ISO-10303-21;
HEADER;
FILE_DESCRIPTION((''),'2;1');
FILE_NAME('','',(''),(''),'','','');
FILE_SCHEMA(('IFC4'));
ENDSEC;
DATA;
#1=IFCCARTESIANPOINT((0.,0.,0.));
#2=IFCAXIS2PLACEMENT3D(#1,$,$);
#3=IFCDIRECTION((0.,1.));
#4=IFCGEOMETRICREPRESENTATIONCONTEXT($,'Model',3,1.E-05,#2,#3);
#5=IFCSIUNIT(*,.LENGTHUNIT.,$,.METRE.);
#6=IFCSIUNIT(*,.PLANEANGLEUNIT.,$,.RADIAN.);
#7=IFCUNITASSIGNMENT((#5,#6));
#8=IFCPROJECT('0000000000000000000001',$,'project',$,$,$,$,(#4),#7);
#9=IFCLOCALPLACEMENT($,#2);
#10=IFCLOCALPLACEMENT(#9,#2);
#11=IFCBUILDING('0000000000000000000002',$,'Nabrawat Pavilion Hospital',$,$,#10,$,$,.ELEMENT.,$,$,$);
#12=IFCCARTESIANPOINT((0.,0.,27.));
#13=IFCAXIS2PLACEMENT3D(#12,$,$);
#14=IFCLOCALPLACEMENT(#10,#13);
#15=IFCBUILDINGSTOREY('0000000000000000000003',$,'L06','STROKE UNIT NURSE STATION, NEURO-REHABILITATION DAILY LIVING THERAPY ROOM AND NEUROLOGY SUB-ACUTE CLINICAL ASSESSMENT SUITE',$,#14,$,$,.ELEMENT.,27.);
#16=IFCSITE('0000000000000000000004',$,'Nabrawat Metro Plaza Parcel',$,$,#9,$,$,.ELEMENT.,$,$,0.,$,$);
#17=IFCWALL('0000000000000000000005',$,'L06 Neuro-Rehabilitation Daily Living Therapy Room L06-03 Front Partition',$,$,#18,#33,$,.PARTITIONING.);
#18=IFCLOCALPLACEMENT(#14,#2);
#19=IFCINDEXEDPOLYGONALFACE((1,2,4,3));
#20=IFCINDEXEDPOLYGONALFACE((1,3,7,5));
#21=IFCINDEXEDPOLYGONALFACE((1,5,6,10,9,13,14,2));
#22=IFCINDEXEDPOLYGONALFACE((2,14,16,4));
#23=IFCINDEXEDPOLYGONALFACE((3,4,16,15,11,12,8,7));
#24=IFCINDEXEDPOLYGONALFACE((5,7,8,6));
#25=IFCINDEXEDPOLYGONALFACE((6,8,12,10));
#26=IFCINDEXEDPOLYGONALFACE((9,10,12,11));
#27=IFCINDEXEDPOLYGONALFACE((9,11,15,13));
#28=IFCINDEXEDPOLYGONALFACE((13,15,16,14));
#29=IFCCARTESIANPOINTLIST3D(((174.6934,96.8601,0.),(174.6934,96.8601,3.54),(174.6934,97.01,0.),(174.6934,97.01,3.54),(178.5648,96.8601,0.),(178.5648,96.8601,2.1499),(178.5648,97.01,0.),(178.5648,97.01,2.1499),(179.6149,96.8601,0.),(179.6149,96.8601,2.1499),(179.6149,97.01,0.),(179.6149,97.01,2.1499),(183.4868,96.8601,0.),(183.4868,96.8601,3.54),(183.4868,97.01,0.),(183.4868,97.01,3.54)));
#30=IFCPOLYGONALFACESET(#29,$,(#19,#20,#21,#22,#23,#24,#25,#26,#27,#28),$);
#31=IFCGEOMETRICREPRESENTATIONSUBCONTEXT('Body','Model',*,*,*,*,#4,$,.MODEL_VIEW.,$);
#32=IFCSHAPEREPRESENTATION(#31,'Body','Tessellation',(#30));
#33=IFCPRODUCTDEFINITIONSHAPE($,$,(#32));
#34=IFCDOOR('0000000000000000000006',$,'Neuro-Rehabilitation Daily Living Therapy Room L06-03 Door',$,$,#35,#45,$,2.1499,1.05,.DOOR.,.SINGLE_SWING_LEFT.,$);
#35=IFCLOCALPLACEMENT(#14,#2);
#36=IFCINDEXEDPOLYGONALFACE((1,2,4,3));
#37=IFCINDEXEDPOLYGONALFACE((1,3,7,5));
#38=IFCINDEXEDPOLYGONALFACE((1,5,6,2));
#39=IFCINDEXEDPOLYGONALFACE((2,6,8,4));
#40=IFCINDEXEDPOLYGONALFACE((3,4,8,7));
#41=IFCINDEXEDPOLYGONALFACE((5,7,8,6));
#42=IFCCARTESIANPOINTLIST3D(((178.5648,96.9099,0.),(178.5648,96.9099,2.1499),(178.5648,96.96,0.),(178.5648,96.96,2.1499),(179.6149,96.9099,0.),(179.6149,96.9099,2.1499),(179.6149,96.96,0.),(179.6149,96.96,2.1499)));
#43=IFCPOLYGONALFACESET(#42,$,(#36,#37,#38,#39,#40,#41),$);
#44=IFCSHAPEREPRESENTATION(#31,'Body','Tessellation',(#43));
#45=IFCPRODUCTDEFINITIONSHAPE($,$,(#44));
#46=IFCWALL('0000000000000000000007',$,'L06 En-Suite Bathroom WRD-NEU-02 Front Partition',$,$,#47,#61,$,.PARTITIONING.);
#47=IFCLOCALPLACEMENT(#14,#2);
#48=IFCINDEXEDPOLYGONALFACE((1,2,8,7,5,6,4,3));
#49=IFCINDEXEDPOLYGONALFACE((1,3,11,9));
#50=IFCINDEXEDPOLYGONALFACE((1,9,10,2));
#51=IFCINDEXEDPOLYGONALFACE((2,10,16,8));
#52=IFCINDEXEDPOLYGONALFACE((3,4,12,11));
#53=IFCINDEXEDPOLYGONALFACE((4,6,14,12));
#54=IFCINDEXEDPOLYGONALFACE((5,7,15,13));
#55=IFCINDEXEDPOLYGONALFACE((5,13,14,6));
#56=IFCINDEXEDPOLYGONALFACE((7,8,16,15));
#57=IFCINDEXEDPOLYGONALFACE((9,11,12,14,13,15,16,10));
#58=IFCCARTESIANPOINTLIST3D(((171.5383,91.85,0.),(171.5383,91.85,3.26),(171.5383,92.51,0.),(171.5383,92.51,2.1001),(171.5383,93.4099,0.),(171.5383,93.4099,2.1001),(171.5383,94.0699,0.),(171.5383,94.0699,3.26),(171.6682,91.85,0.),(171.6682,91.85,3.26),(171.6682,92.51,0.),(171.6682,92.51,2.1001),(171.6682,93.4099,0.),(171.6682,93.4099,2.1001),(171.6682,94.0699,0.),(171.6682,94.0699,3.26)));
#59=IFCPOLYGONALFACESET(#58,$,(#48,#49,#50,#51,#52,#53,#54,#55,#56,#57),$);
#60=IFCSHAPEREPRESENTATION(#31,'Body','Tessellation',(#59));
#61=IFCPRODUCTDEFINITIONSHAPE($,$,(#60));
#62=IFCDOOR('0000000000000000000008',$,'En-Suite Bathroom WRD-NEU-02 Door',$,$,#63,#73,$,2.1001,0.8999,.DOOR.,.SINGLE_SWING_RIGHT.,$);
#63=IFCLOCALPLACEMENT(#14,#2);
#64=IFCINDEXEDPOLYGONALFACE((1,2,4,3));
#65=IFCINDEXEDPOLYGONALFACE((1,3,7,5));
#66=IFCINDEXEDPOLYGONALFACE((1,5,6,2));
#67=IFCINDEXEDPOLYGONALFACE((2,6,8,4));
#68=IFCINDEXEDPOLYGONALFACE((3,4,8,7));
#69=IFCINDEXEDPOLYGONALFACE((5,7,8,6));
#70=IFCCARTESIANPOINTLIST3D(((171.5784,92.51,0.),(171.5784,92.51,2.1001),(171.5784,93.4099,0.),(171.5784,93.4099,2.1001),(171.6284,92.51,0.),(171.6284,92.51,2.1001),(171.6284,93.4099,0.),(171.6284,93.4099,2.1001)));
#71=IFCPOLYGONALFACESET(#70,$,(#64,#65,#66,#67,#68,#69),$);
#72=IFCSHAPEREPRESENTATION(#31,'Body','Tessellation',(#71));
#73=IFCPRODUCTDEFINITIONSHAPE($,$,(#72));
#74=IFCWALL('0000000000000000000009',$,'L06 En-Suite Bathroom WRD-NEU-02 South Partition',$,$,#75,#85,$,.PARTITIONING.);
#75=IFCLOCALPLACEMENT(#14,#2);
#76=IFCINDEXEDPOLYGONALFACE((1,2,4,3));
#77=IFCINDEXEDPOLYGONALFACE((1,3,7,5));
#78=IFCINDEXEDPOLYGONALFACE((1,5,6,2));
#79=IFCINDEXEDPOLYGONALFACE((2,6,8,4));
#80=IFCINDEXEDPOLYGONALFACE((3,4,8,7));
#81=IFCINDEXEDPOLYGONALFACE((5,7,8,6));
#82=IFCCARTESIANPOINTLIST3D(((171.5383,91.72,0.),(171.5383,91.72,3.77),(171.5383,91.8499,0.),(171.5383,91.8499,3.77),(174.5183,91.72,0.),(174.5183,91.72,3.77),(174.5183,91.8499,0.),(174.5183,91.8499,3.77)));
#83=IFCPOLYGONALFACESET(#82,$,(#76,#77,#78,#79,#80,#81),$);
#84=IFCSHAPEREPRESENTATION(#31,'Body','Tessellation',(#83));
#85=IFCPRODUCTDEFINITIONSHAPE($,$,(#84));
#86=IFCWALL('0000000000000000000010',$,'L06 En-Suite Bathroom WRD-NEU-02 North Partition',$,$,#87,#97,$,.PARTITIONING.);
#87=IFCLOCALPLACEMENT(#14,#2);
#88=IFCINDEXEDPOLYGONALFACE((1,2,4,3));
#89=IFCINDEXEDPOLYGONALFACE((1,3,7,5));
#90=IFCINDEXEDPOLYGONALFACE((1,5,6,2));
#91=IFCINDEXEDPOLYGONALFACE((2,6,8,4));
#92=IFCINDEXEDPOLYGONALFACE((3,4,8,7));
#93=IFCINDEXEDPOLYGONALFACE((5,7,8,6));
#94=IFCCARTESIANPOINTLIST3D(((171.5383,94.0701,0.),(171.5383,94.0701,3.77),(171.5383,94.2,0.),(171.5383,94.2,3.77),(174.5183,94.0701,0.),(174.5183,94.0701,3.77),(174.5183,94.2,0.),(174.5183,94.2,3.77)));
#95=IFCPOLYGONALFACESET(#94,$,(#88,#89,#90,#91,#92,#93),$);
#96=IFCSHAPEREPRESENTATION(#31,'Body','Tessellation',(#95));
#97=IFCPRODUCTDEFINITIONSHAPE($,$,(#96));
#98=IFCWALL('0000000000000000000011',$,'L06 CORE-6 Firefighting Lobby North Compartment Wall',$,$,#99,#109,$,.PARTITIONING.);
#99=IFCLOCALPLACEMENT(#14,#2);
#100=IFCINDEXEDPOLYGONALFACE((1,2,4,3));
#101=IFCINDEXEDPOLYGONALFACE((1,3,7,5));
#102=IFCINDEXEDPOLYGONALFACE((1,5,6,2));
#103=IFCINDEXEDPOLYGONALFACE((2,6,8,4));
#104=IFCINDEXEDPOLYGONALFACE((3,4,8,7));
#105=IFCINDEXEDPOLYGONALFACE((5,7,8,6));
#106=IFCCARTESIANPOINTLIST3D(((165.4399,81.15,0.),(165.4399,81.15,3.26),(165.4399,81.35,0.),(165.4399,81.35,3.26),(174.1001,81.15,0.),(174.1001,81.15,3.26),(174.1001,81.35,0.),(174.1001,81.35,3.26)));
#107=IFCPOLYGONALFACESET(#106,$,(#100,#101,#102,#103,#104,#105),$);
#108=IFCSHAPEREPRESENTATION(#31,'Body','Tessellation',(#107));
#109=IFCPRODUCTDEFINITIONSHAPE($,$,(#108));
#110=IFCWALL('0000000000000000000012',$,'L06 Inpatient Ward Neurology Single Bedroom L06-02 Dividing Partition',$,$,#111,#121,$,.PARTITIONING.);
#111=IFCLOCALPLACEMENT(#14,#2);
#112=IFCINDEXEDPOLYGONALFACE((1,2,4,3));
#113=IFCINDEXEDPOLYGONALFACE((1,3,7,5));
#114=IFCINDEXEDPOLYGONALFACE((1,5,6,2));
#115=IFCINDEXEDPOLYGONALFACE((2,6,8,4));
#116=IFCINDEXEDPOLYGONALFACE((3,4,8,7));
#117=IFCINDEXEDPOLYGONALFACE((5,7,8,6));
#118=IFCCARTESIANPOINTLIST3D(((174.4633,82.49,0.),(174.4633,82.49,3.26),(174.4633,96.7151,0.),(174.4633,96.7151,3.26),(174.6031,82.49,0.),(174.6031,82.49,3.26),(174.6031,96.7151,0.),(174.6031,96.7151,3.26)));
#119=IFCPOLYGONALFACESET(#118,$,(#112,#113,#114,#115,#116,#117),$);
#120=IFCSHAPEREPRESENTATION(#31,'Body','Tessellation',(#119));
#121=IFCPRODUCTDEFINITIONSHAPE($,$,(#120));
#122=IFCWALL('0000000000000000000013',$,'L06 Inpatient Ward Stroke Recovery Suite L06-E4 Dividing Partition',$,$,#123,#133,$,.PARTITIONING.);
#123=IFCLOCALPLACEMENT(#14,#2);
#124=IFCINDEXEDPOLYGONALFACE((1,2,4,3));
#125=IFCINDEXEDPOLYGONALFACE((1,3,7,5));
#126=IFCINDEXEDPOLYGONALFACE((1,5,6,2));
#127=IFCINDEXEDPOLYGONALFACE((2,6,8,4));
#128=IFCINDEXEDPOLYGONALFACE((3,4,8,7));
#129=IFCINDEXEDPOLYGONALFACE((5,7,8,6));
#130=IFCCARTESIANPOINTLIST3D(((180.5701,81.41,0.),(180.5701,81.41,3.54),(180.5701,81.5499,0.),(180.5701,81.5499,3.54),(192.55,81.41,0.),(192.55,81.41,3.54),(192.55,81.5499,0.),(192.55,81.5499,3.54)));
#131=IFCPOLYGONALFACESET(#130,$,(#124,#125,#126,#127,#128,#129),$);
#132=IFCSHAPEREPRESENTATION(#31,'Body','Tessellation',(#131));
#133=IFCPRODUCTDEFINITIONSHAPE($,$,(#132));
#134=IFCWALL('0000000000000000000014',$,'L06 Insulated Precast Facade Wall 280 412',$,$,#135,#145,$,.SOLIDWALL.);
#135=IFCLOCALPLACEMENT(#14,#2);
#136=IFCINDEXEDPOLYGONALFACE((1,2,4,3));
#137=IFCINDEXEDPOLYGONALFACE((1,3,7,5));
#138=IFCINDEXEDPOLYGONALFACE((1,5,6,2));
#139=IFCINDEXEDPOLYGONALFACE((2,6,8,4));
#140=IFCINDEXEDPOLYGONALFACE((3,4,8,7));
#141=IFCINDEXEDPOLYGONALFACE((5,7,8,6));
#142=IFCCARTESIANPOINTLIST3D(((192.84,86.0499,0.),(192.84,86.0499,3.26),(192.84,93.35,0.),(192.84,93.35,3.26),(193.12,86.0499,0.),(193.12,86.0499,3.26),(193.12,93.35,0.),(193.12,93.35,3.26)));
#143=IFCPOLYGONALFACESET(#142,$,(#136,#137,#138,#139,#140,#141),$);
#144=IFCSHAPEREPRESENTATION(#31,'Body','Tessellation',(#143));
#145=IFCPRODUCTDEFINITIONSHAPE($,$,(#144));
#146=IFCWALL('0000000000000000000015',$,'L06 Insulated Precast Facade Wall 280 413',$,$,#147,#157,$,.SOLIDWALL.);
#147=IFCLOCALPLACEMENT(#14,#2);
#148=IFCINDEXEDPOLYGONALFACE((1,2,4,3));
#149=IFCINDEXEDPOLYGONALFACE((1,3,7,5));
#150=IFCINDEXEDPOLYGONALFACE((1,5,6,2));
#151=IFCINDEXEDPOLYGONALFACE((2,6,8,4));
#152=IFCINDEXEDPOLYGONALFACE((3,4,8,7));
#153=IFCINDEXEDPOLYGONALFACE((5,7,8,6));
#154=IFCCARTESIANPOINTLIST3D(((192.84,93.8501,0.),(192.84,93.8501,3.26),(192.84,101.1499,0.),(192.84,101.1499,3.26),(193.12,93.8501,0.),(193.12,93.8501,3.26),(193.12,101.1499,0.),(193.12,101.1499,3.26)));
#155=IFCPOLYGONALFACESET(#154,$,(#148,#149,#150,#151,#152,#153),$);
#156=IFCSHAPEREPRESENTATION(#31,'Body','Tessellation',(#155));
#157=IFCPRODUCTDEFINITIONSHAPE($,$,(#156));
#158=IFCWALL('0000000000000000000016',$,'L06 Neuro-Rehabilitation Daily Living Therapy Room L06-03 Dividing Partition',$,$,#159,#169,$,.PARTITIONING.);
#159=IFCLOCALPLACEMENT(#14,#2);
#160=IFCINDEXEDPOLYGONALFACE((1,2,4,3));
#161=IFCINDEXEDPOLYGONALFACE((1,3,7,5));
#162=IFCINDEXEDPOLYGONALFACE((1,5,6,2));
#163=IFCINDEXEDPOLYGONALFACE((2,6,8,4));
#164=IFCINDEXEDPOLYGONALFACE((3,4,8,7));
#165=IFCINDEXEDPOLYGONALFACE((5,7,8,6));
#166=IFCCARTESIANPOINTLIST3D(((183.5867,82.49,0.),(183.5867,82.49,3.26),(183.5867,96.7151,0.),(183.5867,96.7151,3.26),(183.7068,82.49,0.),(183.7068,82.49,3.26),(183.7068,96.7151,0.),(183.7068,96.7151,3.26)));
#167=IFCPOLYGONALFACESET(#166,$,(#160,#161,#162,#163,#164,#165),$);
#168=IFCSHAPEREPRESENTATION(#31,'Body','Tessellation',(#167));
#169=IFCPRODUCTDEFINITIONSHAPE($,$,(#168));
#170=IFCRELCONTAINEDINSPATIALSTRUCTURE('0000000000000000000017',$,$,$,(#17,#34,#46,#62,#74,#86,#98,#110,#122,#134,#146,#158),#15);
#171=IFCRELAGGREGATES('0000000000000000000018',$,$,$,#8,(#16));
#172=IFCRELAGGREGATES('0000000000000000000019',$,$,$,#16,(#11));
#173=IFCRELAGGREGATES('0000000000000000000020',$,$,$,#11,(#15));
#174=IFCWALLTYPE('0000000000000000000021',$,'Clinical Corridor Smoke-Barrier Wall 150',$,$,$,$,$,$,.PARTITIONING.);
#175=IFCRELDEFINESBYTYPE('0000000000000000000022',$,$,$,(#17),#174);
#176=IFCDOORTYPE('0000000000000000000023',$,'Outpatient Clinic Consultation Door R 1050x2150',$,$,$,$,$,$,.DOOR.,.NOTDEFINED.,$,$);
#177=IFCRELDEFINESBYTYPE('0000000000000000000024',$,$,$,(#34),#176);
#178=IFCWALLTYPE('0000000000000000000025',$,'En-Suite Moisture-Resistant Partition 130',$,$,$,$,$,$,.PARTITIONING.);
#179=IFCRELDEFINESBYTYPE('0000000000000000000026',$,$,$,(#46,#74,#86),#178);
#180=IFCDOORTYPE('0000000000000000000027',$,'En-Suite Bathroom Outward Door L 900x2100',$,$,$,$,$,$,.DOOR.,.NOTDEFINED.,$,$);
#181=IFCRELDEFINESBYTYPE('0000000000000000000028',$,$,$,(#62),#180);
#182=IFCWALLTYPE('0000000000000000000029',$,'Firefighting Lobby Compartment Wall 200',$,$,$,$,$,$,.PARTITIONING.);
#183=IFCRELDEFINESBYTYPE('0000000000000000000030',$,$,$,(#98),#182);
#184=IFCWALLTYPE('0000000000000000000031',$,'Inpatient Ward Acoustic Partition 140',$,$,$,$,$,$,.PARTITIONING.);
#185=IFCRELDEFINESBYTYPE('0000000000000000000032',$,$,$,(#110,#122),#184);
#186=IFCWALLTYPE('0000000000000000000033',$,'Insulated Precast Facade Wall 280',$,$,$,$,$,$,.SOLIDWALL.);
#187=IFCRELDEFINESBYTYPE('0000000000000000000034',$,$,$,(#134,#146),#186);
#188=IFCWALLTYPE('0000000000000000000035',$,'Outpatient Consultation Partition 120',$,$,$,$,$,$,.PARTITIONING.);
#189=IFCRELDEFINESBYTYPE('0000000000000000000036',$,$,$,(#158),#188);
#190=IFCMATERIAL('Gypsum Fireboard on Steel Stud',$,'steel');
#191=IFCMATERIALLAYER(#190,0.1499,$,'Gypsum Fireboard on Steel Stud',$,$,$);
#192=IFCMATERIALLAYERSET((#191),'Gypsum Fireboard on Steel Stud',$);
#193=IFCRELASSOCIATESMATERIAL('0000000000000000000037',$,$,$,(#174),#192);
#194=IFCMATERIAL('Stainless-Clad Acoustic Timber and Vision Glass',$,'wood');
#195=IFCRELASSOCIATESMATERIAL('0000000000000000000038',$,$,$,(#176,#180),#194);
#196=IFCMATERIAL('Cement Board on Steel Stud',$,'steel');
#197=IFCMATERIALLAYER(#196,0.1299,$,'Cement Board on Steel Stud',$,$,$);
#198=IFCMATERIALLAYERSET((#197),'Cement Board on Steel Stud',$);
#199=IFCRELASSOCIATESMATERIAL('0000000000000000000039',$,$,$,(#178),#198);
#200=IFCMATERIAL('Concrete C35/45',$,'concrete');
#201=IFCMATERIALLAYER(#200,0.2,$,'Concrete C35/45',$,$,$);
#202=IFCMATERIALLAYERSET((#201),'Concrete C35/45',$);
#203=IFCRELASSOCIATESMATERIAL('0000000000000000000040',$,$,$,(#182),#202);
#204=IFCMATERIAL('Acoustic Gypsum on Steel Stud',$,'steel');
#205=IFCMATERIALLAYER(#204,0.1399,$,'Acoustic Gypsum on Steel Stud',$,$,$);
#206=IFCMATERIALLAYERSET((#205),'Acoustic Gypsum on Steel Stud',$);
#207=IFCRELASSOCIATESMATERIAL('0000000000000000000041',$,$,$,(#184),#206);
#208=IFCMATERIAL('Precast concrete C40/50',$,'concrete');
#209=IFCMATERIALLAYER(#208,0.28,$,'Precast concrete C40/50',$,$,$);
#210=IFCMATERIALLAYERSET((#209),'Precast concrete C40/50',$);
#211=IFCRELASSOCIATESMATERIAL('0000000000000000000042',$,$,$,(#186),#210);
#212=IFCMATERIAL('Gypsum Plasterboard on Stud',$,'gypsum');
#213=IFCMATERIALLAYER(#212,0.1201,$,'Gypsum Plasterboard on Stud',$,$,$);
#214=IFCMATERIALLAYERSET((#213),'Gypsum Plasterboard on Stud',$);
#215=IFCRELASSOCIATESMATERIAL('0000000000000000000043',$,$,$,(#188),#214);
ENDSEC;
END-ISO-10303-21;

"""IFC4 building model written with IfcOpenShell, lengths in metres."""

from ifc_helpers import new_model, si_unit, direction, frame, frame_2d, origin, place, context, subcontext, project, spatial, rectangle, extrude, material, layer, layer_set, type_object, element, fill, save


model = new_model("IFC4")

# Units and contexts
model_context = context("Model", 3, precision=1e-05, world=origin(), true_north=direction((0.0, 1.0)))
body_context = subcontext(model_context, "Body", "Model", "MODEL_VIEW")
ifc_project = project(units=[si_unit("LENGTHUNIT", "METRE"), si_unit("PLANEANGLEUNIT", "RADIAN")], contexts=[model_context])

# Site, building, storey
site_placement = place(None, origin())
site = spatial("IfcSite", under=ifc_project, at=site_placement, Name="Nabrawat Metro Plaza Parcel", CompositionType="ELEMENT", RefElevation=0.0)
building_placement = place(site_placement, origin())
building = spatial("IfcBuilding", under=site, at=building_placement, Name="Nabrawat Pavilion Hospital", CompositionType="ELEMENT")
storey_placement = place(building_placement, frame((0.0, 0.0, 27.0)))
storey = spatial("IfcBuildingStorey", under=building, at=storey_placement, Name="L06", Description="STROKE UNIT NURSE STATION, NEURO-REHABILITATION DAILY LIVING THERAPY ROOM AND NEUROLOGY SUB-ACUTE CLINICAL ASSESSMENT SUITE", CompositionType="ELEMENT", Elevation=27.0)

# Walls, openings, doors
ifc_material_1 = material(Name="Gypsum Fireboard on Steel Stud", Category="steel")
ifc_layer_1 = layer(ifc_material_1, 0.1499, Name="Gypsum Fireboard on Steel Stud")
ifc_layer_set_1 = layer_set([ifc_layer_1], Name="Gypsum Fireboard on Steel Stud")
wall_type_1 = type_object("IfcWallType", Name="Clinical Corridor Smoke-Barrier Wall 150", PredefinedType="PARTITIONING", material=ifc_layer_set_1)
ifc_material_2 = material(Name="Stainless-Clad Acoustic Timber and Vision Glass", Category="wood")
wall_1_placement = place(storey_placement, frame((174.6934, 96.9351, 0.0), z_axis=(0.0, 0.0, 1.0), x_axis=(1.0, 0.0, 0.0)))
wall_1 = element("IfcWall", 1, at=wall_1_placement, inside=storey, type_object=wall_type_1, Name="L06 Neuro-Rehabilitation Daily Living Therapy Room L06-03 Front Partition", PredefinedType="PARTITIONING", context=body_context, shape_type="SweptSolid", body=[
    extrude(rectangle(XDim=8.7935, YDim=0.1499, at=frame_2d((4.3967, 0.0))), origin(), (0.0, 0.0, 1.0), 3.54),
])
opening_1_placement = place(wall_1_placement, frame((3.8716, 0.0, 0.0)))
opening_1 = element("IfcOpeningElement", 2, at=opening_1_placement, cuts=wall_1, PredefinedType="OPENING", context=body_context, shape_type="SweptSolid", body=[
    extrude(rectangle(XDim=1.05, YDim=2.1499, at=frame_2d((0.5249, 1.075))), frame((0.0, 0.085, 0.0), z_axis=(0.0, -1.0, 0.0), x_axis=(1.0, 0.0, 0.0)), (0.0, 0.0, 1.0), 0.1699),
])
door_type_1 = type_object("IfcDoorType", Name="Outpatient Clinic Consultation Door R 1050x2150", OperationType="NOTDEFINED", PredefinedType="DOOR", material=ifc_material_2)
door_1_placement = place(opening_1_placement, origin())
door_1 = element("IfcDoor", 3, at=door_1_placement, inside=storey, type_object=door_type_1, Name="Neuro-Rehabilitation Daily Living Therapy Room L06-03 Door", OperationType="SINGLE_SWING_LEFT", OverallHeight=2.1499, OverallWidth=1.05, PredefinedType="DOOR", context=body_context, shape_type="SweptSolid", body=[
    extrude(rectangle(XDim=1.05, YDim=2.1499, at=frame_2d((0.5249, 1.075))), frame((0.0, 0.0249, 0.0), z_axis=(0.0, -1.0, 0.0), x_axis=(1.0, 0.0, 0.0)), (0.0, 0.0, 1.0), 0.05),
])
fill(opening_1, door_1)
ifc_material_3 = material(Name="Cement Board on Steel Stud", Category="steel")
ifc_layer_2 = layer(ifc_material_3, 0.1299, Name="Cement Board on Steel Stud")
ifc_layer_set_2 = layer_set([ifc_layer_2], Name="Cement Board on Steel Stud")
wall_type_2 = type_object("IfcWallType", Name="En-Suite Moisture-Resistant Partition 130", PredefinedType="PARTITIONING", material=ifc_layer_set_2)
wall_2_placement = place(storey_placement, frame((171.6033, 91.8501, 0.0), z_axis=(0.0, 0.0, 1.0), x_axis=(0.0, 1.0, 0.0)))
wall_2 = element("IfcWall", 4, at=wall_2_placement, inside=storey, type_object=wall_type_2, Name="L06 En-Suite Bathroom WRD-NEU-02 Front Partition", PredefinedType="PARTITIONING", context=body_context, shape_type="SweptSolid", body=[
    extrude(rectangle(XDim=2.22, YDim=0.1299, at=frame_2d((1.1099, 0.0))), origin(), (0.0, 0.0, 1.0), 3.26),
])
opening_2_placement = place(wall_2_placement, frame((0.6599, 0.0, 0.0)))
opening_2 = element("IfcOpeningElement", 5, at=opening_2_placement, cuts=wall_2, PredefinedType="OPENING", context=body_context, shape_type="SweptSolid", body=[
    extrude(rectangle(XDim=0.8999, YDim=2.1001, at=frame_2d((0.45, 1.05))), frame((0.0, 0.075, 0.0), z_axis=(0.0, -1.0, 0.0), x_axis=(1.0, 0.0, 0.0)), (0.0, 0.0, 1.0), 0.1499),
])
door_type_2 = type_object("IfcDoorType", Name="En-Suite Bathroom Outward Door L 900x2100", OperationType="NOTDEFINED", PredefinedType="DOOR", material=ifc_material_2)
door_2_placement = place(opening_2_placement, origin())
door_2 = element("IfcDoor", 6, at=door_2_placement, inside=storey, type_object=door_type_2, Name="En-Suite Bathroom WRD-NEU-02 Door", OperationType="SINGLE_SWING_RIGHT", OverallHeight=2.1001, OverallWidth=0.8999, PredefinedType="DOOR", context=body_context, shape_type="SweptSolid", body=[
    extrude(rectangle(XDim=0.8999, YDim=2.1001, at=frame_2d((0.45, 1.05))), frame((0.0, 0.0249, 0.0), z_axis=(0.0, -1.0, 0.0), x_axis=(1.0, 0.0, 0.0)), (0.0, 0.0, 1.0), 0.05),
])
fill(opening_2, door_2)

# Walls
for number, where, z_axis, x_axis, name in (
    (7, (171.5383, 91.7849, 0.0), (0.0, 0.0, 1.0), (1.0, 0.0, 0.0), "L06 En-Suite Bathroom WRD-NEU-02 South Partition"),
    (8, (171.5383, 94.135, 0.0), (0.0, 0.0, 1.0), (1.0, 0.0, 0.0), "L06 En-Suite Bathroom WRD-NEU-02 North Partition"),
):
    element("IfcWall", number, at=place(storey_placement, frame(where, z_axis=z_axis, x_axis=x_axis)), inside=storey, type_object=wall_type_2, Name=name, PredefinedType="PARTITIONING", context=body_context, shape_type="SweptSolid", body=[
        extrude(rectangle(XDim=2.98, YDim=0.1299, at=frame_2d((1.49, 0.0))), origin(), (0.0, 0.0, 1.0), 3.77),
    ])
ifc_material_4 = material(Name="Concrete C35/45", Category="concrete")
ifc_layer_3 = layer(ifc_material_4, 0.2, Name="Concrete C35/45")
ifc_layer_set_3 = layer_set([ifc_layer_3], Name="Concrete C35/45")
wall_type_3 = type_object("IfcWallType", Name="Firefighting Lobby Compartment Wall 200", PredefinedType="PARTITIONING", material=ifc_layer_set_3)
wall_3_placement = place(storey_placement, frame((165.4399, 81.25, 0.0), z_axis=(0.0, 0.0, 1.0), x_axis=(1.0, 0.0, 0.0)))
element("IfcWall", 9, at=wall_3_placement, inside=storey, type_object=wall_type_3, Name="L06 CORE-6 Firefighting Lobby North Compartment Wall", PredefinedType="PARTITIONING", context=body_context, shape_type="SweptSolid", body=[
    extrude(rectangle(XDim=8.6602, YDim=0.2, at=frame_2d((4.3301, 0.0))), origin(), (0.0, 0.0, 1.0), 3.26),
])
ifc_material_5 = material(Name="Acoustic Gypsum on Steel Stud", Category="steel")
ifc_layer_4 = layer(ifc_material_5, 0.1399, Name="Acoustic Gypsum on Steel Stud")
ifc_layer_set_4 = layer_set([ifc_layer_4], Name="Acoustic Gypsum on Steel Stud")
wall_type_4 = type_object("IfcWallType", Name="Inpatient Ward Acoustic Partition 140", PredefinedType="PARTITIONING", material=ifc_layer_set_4)
wall_4_placement = place(storey_placement, frame((174.5332, 82.49, 0.0), z_axis=(0.0, 0.0, 1.0), x_axis=(0.0, 1.0, 0.0)))
element("IfcWall", 10, at=wall_4_placement, inside=storey, type_object=wall_type_4, Name="L06 Inpatient Ward Neurology Single Bedroom L06-02 Dividing Partition", PredefinedType="PARTITIONING", context=body_context, shape_type="SweptSolid", body=[
    extrude(rectangle(XDim=14.2251, YDim=0.1399, at=frame_2d((7.1125, 0.0))), origin(), (0.0, 0.0, 1.0), 3.26),
])
wall_5_placement = place(storey_placement, frame((180.5701, 81.48, 0.0), z_axis=(0.0, 0.0, 1.0), x_axis=(1.0, 0.0, 0.0)))
element("IfcWall", 11, at=wall_5_placement, inside=storey, type_object=wall_type_4, Name="L06 Inpatient Ward Stroke Recovery Suite L06-E4 Dividing Partition", PredefinedType="PARTITIONING", context=body_context, shape_type="SweptSolid", body=[
    extrude(rectangle(XDim=11.98, YDim=0.1399, at=frame_2d((5.99, 0.0))), origin(), (0.0, 0.0, 1.0), 3.54),
])
ifc_material_6 = material(Name="Precast concrete C40/50", Category="concrete")
ifc_layer_5 = layer(ifc_material_6, 0.28, Name="Precast concrete C40/50")
ifc_layer_set_5 = layer_set([ifc_layer_5], Name="Precast concrete C40/50")
wall_type_5 = type_object("IfcWallType", Name="Insulated Precast Facade Wall 280", PredefinedType="SOLIDWALL", material=ifc_layer_set_5)
wall_6_placement = place(storey_placement, frame((192.98, 86.05, 0.0), z_axis=(0.0, 0.0, 1.0), x_axis=(0.0, 1.0, 0.0)))
element("IfcWall", 12, at=wall_6_placement, inside=storey, type_object=wall_type_5, Name="L06 Insulated Precast Facade Wall 280 412", PredefinedType="SOLIDWALL", context=body_context, shape_type="SweptSolid", body=[
    extrude(rectangle(XDim=7.3, YDim=0.28, at=frame_2d((3.6499, 0.0))), origin(), (0.0, 0.0, 1.0), 3.26),
])
wall_7_placement = place(storey_placement, frame((192.98, 93.8501, 0.0), z_axis=(0.0, 0.0, 1.0), x_axis=(0.0, 1.0, 0.0)))
element("IfcWall", 13, at=wall_7_placement, inside=storey, type_object=wall_type_5, Name="L06 Insulated Precast Facade Wall 280 413", PredefinedType="SOLIDWALL", context=body_context, shape_type="SweptSolid", body=[
    extrude(rectangle(XDim=7.2998, YDim=0.28, at=frame_2d((3.6499, 0.0))), origin(), (0.0, 0.0, 1.0), 3.26),
])
ifc_material_7 = material(Name="Gypsum Plasterboard on Stud", Category="gypsum")
ifc_layer_6 = layer(ifc_material_7, 0.1201, Name="Gypsum Plasterboard on Stud")
ifc_layer_set_6 = layer_set([ifc_layer_6], Name="Gypsum Plasterboard on Stud")
wall_type_6 = type_object("IfcWallType", Name="Outpatient Consultation Partition 120", PredefinedType="PARTITIONING", material=ifc_layer_set_6)
wall_8_placement = place(storey_placement, frame((183.6467, 82.49, 0.0), z_axis=(0.0, 0.0, 1.0), x_axis=(0.0, 1.0, 0.0)))
element("IfcWall", 14, at=wall_8_placement, inside=storey, type_object=wall_type_6, Name="L06 Neuro-Rehabilitation Daily Living Therapy Room L06-03 Dividing Partition", PredefinedType="PARTITIONING", context=body_context, shape_type="SweptSolid", body=[
    extrude(rectangle(XDim=14.2251, YDim=0.1201, at=frame_2d((7.1125, 0.0))), origin(), (0.0, 0.0, 1.0), 3.26),
])

save(model, "model.ifc")
